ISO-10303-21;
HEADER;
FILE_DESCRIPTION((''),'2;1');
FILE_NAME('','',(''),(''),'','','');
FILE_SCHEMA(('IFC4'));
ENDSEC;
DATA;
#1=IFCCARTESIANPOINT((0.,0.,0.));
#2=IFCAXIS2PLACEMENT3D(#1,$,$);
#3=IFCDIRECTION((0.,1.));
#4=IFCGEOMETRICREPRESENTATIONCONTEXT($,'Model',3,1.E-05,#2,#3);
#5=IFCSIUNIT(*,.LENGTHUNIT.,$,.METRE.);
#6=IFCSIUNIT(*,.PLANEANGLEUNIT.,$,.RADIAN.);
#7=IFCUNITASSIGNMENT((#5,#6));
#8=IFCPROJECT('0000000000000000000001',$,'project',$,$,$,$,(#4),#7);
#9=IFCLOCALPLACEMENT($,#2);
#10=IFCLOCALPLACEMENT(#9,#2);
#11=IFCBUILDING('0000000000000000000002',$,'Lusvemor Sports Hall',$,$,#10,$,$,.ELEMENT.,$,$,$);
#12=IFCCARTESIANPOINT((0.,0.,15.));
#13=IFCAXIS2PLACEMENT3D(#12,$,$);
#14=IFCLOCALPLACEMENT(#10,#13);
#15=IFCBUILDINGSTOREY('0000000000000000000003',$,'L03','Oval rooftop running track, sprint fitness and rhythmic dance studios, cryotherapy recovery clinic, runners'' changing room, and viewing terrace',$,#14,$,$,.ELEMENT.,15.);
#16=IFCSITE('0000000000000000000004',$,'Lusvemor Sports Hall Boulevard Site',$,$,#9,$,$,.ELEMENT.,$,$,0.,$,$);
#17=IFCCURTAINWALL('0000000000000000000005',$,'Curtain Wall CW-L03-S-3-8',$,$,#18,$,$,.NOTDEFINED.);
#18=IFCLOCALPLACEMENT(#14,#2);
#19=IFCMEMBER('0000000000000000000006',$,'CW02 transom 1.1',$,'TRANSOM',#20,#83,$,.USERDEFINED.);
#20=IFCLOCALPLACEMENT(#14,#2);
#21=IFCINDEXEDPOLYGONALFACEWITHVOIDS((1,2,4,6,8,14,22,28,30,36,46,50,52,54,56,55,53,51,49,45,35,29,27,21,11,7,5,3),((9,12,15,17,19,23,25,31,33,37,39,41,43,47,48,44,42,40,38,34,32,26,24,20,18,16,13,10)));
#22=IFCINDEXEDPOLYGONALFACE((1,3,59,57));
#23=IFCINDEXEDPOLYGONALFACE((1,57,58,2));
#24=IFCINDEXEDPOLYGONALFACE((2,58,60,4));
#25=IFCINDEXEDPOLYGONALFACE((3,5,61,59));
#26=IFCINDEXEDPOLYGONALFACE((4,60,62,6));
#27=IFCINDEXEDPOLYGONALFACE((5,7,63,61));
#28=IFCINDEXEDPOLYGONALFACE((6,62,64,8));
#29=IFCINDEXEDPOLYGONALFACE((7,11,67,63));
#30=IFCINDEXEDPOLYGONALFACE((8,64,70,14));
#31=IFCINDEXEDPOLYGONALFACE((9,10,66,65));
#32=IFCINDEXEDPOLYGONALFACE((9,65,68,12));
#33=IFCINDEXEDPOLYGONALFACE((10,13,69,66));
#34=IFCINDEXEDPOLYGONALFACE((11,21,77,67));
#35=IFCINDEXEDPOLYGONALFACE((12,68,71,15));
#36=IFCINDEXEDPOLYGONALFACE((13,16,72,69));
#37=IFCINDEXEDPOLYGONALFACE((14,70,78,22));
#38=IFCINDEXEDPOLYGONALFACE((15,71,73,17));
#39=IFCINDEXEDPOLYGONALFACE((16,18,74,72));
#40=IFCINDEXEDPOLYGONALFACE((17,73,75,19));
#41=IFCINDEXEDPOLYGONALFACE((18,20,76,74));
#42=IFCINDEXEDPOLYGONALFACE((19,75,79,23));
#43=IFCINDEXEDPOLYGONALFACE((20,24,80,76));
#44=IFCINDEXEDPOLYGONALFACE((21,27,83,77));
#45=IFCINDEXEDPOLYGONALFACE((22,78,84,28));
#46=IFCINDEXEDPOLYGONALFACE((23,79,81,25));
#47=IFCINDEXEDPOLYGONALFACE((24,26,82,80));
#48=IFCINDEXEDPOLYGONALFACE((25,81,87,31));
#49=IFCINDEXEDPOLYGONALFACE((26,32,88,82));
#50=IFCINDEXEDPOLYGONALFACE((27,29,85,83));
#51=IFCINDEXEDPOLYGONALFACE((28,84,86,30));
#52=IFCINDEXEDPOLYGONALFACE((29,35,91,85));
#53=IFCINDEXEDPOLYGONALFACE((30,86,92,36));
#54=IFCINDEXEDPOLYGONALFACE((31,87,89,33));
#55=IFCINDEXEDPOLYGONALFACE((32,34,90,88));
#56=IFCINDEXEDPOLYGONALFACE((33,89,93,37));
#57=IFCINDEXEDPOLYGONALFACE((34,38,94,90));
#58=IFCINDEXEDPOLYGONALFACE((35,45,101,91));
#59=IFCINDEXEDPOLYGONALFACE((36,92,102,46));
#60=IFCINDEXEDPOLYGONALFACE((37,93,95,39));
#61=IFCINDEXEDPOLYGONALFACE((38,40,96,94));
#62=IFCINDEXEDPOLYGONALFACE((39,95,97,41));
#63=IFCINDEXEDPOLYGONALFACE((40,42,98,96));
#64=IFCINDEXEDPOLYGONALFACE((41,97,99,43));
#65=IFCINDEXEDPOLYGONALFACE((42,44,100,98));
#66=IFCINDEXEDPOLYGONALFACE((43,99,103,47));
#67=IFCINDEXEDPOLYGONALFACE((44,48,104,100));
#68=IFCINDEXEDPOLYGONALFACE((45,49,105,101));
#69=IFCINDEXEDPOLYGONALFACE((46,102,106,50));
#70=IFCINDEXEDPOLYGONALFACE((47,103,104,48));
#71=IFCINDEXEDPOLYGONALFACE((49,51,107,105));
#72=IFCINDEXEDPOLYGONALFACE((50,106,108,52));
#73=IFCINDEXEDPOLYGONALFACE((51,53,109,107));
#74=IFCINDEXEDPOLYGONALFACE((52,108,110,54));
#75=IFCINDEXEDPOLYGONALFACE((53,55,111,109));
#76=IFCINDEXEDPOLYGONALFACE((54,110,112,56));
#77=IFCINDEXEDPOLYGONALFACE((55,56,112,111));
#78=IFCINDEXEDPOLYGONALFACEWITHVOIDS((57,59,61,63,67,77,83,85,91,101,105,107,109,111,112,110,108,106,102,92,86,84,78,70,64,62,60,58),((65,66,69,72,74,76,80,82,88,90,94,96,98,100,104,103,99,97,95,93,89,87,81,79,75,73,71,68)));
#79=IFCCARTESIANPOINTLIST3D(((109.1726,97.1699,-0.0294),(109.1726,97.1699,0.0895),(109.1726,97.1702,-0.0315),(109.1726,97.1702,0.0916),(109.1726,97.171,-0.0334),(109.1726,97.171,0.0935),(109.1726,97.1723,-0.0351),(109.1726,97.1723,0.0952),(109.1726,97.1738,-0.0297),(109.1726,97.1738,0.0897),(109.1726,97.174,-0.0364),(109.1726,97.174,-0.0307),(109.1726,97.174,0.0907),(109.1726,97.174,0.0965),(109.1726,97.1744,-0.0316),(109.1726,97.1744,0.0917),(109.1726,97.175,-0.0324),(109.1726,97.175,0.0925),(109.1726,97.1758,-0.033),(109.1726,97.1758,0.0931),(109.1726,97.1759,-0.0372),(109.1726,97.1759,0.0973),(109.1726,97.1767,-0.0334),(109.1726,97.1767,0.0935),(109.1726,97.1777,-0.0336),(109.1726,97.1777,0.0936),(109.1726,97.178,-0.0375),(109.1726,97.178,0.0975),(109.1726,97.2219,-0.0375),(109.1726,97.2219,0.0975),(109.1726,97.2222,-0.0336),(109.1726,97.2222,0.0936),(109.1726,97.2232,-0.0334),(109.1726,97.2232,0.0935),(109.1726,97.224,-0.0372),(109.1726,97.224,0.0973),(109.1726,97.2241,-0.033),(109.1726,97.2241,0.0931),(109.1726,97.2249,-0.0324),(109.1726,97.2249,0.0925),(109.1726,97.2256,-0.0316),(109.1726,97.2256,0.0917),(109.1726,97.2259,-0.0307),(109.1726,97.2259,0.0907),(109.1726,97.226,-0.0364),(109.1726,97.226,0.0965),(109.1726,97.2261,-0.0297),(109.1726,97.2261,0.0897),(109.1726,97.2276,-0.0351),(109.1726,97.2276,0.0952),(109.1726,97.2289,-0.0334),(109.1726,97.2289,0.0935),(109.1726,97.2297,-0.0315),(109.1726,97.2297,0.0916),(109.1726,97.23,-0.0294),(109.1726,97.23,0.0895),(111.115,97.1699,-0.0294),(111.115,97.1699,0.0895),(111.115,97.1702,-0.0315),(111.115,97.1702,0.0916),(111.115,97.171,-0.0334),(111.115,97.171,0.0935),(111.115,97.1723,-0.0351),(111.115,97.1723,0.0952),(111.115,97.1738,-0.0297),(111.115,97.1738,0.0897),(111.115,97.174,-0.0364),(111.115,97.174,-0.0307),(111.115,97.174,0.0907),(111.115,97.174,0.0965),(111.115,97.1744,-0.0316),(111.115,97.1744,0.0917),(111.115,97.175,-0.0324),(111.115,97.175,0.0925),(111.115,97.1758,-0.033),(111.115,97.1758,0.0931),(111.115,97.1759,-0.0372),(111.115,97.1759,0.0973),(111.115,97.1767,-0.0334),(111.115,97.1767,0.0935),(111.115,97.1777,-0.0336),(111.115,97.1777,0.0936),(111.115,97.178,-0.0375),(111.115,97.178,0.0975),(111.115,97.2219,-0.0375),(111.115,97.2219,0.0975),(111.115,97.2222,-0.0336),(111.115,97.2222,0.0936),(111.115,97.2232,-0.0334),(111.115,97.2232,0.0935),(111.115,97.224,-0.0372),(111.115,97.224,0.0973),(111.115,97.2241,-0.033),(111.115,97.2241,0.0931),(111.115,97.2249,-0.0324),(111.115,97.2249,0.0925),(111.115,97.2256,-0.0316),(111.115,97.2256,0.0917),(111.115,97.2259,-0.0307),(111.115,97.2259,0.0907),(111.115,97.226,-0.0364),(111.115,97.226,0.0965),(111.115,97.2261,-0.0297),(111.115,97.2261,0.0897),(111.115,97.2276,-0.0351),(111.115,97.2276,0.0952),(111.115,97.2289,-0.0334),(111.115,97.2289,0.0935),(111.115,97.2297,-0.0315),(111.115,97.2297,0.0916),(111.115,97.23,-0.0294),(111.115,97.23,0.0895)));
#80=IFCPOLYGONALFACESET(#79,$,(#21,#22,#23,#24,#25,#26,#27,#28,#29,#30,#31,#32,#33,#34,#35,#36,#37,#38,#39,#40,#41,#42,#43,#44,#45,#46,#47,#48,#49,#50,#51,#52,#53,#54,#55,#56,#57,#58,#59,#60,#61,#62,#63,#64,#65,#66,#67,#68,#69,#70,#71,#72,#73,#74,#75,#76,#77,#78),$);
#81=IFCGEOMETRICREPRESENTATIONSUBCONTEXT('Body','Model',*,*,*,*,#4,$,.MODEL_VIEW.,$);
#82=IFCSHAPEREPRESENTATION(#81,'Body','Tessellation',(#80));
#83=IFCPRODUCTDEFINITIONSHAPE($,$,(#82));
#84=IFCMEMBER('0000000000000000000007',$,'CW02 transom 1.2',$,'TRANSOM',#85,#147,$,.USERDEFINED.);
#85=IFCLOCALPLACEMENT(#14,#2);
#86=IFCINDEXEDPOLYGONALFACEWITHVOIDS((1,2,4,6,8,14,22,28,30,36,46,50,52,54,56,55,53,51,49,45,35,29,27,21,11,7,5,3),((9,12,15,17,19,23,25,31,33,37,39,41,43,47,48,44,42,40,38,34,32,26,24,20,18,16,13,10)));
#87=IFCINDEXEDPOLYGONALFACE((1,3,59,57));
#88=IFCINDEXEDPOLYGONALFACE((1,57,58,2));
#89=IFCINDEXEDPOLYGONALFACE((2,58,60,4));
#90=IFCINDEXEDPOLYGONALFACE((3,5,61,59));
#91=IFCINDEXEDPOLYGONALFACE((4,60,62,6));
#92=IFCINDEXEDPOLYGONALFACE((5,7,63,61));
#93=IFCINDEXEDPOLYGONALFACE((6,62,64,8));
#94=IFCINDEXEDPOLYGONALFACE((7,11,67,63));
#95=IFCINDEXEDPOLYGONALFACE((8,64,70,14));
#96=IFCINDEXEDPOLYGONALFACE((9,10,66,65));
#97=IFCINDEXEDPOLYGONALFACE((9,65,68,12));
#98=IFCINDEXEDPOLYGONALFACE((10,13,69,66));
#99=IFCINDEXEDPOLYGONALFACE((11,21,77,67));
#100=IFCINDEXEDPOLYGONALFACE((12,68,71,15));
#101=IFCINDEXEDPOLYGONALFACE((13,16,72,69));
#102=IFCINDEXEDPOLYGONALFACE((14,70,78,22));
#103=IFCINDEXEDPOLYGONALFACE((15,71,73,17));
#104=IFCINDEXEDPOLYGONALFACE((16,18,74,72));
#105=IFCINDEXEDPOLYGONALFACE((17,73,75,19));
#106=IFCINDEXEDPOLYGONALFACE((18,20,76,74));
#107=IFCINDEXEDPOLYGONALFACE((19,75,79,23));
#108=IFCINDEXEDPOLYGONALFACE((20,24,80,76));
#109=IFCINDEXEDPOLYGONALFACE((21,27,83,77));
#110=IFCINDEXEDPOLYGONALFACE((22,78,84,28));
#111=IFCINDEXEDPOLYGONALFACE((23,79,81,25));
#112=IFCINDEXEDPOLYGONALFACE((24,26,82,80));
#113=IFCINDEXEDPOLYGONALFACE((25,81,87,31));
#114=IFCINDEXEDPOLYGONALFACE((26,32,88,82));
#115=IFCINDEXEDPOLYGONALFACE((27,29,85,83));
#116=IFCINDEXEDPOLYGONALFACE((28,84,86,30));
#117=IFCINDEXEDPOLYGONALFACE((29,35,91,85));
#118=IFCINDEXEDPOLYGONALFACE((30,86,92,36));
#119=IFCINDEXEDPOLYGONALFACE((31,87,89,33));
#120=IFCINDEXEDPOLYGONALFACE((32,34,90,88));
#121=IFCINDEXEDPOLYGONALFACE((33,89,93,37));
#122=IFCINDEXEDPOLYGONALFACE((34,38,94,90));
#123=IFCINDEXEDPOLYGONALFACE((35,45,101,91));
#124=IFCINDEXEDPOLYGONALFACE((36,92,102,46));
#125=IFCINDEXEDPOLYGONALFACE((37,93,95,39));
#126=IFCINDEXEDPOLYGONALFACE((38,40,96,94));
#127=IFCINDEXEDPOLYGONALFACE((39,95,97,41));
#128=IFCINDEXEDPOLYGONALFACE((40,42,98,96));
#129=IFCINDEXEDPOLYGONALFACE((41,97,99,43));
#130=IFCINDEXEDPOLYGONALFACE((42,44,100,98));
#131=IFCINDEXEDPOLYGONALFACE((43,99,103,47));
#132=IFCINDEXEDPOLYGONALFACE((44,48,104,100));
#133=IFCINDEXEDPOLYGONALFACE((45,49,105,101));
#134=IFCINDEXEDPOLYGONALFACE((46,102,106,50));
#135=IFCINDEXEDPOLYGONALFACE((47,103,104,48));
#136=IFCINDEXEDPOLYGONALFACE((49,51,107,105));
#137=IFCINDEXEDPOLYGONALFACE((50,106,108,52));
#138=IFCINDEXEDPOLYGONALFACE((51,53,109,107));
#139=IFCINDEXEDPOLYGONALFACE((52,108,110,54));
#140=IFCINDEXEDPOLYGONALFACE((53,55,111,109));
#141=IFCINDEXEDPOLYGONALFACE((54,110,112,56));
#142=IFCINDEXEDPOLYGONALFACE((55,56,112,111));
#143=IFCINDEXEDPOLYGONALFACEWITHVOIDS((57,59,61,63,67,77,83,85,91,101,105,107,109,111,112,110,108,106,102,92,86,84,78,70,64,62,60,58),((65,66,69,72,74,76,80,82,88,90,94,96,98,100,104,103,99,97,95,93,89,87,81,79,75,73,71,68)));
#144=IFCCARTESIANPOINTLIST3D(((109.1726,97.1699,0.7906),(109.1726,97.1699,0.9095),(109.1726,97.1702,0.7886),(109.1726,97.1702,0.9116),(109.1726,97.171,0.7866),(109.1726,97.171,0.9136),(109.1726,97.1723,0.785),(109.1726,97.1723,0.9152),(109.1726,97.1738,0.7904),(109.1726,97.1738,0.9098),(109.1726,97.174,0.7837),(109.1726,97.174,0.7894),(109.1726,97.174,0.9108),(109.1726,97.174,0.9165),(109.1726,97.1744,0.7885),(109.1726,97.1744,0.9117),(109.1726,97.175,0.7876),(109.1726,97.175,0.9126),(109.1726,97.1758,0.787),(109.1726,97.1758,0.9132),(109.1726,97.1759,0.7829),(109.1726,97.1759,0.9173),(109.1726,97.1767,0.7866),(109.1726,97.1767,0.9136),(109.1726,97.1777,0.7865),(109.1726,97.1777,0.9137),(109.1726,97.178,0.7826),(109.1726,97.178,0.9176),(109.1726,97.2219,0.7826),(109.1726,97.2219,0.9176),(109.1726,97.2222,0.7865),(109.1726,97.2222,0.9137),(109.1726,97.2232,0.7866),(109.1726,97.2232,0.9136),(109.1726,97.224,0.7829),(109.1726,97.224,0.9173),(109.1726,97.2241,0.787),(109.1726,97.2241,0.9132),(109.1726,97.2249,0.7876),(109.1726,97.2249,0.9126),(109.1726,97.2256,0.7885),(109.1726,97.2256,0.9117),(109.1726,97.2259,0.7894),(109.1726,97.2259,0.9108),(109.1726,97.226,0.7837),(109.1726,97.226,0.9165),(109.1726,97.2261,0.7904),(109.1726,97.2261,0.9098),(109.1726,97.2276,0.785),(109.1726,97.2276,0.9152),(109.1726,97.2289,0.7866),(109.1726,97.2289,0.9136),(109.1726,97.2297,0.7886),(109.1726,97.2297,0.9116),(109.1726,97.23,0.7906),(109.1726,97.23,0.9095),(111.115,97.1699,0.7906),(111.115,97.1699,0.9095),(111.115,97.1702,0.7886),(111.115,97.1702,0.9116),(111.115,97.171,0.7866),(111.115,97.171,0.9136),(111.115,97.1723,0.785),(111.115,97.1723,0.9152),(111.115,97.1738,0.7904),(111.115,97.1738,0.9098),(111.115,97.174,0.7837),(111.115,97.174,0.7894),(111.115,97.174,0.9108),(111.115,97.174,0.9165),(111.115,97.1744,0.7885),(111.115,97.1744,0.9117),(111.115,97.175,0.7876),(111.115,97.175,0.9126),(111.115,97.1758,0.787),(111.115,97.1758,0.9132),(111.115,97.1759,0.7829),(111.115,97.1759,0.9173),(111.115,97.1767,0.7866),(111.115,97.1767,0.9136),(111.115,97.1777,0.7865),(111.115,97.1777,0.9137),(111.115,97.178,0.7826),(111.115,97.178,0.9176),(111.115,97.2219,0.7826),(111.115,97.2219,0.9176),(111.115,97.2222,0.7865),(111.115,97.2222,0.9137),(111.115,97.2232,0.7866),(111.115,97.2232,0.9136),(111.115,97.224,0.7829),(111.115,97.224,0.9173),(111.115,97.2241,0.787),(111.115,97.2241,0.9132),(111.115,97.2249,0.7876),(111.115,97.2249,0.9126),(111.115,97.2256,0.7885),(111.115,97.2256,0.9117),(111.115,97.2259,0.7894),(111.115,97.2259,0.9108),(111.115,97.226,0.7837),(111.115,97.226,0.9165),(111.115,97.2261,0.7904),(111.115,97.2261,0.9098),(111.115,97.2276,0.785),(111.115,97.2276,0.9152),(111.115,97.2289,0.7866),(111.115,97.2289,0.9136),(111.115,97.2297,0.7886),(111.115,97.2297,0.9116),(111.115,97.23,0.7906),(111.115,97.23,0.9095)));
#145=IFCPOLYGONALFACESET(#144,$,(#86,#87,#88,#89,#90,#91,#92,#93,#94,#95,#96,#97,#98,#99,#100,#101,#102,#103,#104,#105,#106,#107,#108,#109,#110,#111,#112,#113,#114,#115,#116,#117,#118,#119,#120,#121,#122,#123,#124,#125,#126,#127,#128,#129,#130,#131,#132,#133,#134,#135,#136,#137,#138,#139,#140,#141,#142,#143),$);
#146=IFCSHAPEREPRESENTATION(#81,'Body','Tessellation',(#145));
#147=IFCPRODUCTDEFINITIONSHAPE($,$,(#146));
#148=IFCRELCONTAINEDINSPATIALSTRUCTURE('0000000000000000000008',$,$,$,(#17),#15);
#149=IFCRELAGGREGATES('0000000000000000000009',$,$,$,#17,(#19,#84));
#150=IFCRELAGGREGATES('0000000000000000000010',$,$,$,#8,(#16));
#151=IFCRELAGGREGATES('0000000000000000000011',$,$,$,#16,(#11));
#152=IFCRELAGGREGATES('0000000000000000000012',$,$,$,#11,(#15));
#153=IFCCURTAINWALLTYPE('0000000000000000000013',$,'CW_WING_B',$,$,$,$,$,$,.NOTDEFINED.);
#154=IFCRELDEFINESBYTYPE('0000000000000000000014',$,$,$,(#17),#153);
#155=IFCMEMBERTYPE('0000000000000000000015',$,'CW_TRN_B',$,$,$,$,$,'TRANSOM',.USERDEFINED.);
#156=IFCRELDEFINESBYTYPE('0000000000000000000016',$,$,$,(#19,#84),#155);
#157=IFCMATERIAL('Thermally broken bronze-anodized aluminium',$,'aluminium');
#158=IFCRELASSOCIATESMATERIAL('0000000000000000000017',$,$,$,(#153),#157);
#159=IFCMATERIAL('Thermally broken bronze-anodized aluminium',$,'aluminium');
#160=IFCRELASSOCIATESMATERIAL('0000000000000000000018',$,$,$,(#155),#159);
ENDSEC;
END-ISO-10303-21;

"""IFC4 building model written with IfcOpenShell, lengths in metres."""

from ifc_helpers import new_model, si_unit, direction, frame, origin, origin_2d, place, context, subcontext, project, spatial, hollow_rectangle, extrude, material, material_profile, profile_set, type_object, element, aggregate, save


model = new_model("IFC4")

# Units and contexts
model_context = context("Model", 3, precision=1e-05, world=origin(), true_north=direction((0.0, 1.0)))
body_context = subcontext(model_context, "Body", "Model", "MODEL_VIEW")
ifc_project = project(units=[si_unit("LENGTHUNIT", "METRE"), si_unit("PLANEANGLEUNIT", "RADIAN")], contexts=[model_context])

# Site, building, storey
site_placement = place(None, origin())
site = spatial("IfcSite", under=ifc_project, at=site_placement, Name="Lusvemor Sports Hall Boulevard Site", CompositionType="ELEMENT", RefElevation=0.0)
building_placement = place(site_placement, origin())
building = spatial("IfcBuilding", under=site, at=building_placement, Name="Lusvemor Sports Hall", CompositionType="ELEMENT")
storey_placement = place(building_placement, frame((0.0, 0.0, 15.0)))
storey = spatial("IfcBuildingStorey", under=building, at=storey_placement, Name="L03", Description="Oval rooftop running track, sprint fitness and rhythmic dance studios, cryotherapy recovery clinic, runners' changing room, and viewing terrace", CompositionType="ELEMENT", Elevation=15.0)

# Curtain wall, members
ifc_material_1 = material(Name="Thermally broken bronze-anodized aluminium", Category="aluminium")
curtain_wall_type = type_object("IfcCurtainWallType", Name="CW_WING_B", PredefinedType="NOTDEFINED", material=ifc_material_1)
curtain_wall_placement = place(storey_placement, origin())
curtain_wall = element("IfcCurtainWall", 1, at=curtain_wall_placement, inside=storey, type_object=curtain_wall_type, Name="Curtain Wall CW-L03-S-3-8", PredefinedType="NOTDEFINED")
ifc_material_2 = material(Name="Thermally broken bronze-anodized aluminium", Category="aluminium")
ifc_material_profile_1 = material_profile(ifc_material_2, hollow_rectangle(XDim=0.0601, YDim=0.135, WallThickness=0.0039, InnerFilletRadius=0.0039, OuterFilletRadius=0.0081, at=origin_2d()), Name="CWTRN135x60x4")
ifc_profile_set_1 = profile_set([ifc_material_profile_1], Name="Thermally broken bronze-anodized aluminium")
member_type_1 = type_object("IfcMemberType", Name="CW_TRN_B", ElementType="TRANSOM", PredefinedType="USERDEFINED", material=ifc_profile_set_1)
member_1_placement = place(storey_placement, frame((111.115, 97.2, 0.03), z_axis=(-1.0, 0.0, 0.0), x_axis=(0.0, -1.0, 0.0)))
member_1 = element("IfcMember", 2, at=member_1_placement, type_object=member_type_1, Name="CW02 transom 1.1", ObjectType="TRANSOM", PredefinedType="USERDEFINED", context=body_context, shape_type="SweptSolid", body=[
    extrude(hollow_rectangle(XDim=0.0601, YDim=0.135, WallThickness=0.0039, InnerFilletRadius=0.0039, OuterFilletRadius=0.0081, at=origin_2d()), origin(), (0.0, 0.0, 1.0), 1.9424),
])
member_2_placement = place(storey_placement, frame((111.115, 97.2, 0.8501), z_axis=(-1.0, 0.0, 0.0), x_axis=(0.0, -1.0, 0.0)))
member_2 = element("IfcMember", 3, at=member_2_placement, type_object=member_type_1, Name="CW02 transom 1.2", ObjectType="TRANSOM", PredefinedType="USERDEFINED", context=body_context, shape_type="SweptSolid", body=[
    extrude(hollow_rectangle(XDim=0.0601, YDim=0.135, WallThickness=0.0039, InnerFilletRadius=0.0039, OuterFilletRadius=0.0081, at=origin_2d()), origin(), (0.0, 0.0, 1.0), 1.9424),
])

aggregate(curtain_wall, [member_1, member_2])

save(model, "model.ifc")
